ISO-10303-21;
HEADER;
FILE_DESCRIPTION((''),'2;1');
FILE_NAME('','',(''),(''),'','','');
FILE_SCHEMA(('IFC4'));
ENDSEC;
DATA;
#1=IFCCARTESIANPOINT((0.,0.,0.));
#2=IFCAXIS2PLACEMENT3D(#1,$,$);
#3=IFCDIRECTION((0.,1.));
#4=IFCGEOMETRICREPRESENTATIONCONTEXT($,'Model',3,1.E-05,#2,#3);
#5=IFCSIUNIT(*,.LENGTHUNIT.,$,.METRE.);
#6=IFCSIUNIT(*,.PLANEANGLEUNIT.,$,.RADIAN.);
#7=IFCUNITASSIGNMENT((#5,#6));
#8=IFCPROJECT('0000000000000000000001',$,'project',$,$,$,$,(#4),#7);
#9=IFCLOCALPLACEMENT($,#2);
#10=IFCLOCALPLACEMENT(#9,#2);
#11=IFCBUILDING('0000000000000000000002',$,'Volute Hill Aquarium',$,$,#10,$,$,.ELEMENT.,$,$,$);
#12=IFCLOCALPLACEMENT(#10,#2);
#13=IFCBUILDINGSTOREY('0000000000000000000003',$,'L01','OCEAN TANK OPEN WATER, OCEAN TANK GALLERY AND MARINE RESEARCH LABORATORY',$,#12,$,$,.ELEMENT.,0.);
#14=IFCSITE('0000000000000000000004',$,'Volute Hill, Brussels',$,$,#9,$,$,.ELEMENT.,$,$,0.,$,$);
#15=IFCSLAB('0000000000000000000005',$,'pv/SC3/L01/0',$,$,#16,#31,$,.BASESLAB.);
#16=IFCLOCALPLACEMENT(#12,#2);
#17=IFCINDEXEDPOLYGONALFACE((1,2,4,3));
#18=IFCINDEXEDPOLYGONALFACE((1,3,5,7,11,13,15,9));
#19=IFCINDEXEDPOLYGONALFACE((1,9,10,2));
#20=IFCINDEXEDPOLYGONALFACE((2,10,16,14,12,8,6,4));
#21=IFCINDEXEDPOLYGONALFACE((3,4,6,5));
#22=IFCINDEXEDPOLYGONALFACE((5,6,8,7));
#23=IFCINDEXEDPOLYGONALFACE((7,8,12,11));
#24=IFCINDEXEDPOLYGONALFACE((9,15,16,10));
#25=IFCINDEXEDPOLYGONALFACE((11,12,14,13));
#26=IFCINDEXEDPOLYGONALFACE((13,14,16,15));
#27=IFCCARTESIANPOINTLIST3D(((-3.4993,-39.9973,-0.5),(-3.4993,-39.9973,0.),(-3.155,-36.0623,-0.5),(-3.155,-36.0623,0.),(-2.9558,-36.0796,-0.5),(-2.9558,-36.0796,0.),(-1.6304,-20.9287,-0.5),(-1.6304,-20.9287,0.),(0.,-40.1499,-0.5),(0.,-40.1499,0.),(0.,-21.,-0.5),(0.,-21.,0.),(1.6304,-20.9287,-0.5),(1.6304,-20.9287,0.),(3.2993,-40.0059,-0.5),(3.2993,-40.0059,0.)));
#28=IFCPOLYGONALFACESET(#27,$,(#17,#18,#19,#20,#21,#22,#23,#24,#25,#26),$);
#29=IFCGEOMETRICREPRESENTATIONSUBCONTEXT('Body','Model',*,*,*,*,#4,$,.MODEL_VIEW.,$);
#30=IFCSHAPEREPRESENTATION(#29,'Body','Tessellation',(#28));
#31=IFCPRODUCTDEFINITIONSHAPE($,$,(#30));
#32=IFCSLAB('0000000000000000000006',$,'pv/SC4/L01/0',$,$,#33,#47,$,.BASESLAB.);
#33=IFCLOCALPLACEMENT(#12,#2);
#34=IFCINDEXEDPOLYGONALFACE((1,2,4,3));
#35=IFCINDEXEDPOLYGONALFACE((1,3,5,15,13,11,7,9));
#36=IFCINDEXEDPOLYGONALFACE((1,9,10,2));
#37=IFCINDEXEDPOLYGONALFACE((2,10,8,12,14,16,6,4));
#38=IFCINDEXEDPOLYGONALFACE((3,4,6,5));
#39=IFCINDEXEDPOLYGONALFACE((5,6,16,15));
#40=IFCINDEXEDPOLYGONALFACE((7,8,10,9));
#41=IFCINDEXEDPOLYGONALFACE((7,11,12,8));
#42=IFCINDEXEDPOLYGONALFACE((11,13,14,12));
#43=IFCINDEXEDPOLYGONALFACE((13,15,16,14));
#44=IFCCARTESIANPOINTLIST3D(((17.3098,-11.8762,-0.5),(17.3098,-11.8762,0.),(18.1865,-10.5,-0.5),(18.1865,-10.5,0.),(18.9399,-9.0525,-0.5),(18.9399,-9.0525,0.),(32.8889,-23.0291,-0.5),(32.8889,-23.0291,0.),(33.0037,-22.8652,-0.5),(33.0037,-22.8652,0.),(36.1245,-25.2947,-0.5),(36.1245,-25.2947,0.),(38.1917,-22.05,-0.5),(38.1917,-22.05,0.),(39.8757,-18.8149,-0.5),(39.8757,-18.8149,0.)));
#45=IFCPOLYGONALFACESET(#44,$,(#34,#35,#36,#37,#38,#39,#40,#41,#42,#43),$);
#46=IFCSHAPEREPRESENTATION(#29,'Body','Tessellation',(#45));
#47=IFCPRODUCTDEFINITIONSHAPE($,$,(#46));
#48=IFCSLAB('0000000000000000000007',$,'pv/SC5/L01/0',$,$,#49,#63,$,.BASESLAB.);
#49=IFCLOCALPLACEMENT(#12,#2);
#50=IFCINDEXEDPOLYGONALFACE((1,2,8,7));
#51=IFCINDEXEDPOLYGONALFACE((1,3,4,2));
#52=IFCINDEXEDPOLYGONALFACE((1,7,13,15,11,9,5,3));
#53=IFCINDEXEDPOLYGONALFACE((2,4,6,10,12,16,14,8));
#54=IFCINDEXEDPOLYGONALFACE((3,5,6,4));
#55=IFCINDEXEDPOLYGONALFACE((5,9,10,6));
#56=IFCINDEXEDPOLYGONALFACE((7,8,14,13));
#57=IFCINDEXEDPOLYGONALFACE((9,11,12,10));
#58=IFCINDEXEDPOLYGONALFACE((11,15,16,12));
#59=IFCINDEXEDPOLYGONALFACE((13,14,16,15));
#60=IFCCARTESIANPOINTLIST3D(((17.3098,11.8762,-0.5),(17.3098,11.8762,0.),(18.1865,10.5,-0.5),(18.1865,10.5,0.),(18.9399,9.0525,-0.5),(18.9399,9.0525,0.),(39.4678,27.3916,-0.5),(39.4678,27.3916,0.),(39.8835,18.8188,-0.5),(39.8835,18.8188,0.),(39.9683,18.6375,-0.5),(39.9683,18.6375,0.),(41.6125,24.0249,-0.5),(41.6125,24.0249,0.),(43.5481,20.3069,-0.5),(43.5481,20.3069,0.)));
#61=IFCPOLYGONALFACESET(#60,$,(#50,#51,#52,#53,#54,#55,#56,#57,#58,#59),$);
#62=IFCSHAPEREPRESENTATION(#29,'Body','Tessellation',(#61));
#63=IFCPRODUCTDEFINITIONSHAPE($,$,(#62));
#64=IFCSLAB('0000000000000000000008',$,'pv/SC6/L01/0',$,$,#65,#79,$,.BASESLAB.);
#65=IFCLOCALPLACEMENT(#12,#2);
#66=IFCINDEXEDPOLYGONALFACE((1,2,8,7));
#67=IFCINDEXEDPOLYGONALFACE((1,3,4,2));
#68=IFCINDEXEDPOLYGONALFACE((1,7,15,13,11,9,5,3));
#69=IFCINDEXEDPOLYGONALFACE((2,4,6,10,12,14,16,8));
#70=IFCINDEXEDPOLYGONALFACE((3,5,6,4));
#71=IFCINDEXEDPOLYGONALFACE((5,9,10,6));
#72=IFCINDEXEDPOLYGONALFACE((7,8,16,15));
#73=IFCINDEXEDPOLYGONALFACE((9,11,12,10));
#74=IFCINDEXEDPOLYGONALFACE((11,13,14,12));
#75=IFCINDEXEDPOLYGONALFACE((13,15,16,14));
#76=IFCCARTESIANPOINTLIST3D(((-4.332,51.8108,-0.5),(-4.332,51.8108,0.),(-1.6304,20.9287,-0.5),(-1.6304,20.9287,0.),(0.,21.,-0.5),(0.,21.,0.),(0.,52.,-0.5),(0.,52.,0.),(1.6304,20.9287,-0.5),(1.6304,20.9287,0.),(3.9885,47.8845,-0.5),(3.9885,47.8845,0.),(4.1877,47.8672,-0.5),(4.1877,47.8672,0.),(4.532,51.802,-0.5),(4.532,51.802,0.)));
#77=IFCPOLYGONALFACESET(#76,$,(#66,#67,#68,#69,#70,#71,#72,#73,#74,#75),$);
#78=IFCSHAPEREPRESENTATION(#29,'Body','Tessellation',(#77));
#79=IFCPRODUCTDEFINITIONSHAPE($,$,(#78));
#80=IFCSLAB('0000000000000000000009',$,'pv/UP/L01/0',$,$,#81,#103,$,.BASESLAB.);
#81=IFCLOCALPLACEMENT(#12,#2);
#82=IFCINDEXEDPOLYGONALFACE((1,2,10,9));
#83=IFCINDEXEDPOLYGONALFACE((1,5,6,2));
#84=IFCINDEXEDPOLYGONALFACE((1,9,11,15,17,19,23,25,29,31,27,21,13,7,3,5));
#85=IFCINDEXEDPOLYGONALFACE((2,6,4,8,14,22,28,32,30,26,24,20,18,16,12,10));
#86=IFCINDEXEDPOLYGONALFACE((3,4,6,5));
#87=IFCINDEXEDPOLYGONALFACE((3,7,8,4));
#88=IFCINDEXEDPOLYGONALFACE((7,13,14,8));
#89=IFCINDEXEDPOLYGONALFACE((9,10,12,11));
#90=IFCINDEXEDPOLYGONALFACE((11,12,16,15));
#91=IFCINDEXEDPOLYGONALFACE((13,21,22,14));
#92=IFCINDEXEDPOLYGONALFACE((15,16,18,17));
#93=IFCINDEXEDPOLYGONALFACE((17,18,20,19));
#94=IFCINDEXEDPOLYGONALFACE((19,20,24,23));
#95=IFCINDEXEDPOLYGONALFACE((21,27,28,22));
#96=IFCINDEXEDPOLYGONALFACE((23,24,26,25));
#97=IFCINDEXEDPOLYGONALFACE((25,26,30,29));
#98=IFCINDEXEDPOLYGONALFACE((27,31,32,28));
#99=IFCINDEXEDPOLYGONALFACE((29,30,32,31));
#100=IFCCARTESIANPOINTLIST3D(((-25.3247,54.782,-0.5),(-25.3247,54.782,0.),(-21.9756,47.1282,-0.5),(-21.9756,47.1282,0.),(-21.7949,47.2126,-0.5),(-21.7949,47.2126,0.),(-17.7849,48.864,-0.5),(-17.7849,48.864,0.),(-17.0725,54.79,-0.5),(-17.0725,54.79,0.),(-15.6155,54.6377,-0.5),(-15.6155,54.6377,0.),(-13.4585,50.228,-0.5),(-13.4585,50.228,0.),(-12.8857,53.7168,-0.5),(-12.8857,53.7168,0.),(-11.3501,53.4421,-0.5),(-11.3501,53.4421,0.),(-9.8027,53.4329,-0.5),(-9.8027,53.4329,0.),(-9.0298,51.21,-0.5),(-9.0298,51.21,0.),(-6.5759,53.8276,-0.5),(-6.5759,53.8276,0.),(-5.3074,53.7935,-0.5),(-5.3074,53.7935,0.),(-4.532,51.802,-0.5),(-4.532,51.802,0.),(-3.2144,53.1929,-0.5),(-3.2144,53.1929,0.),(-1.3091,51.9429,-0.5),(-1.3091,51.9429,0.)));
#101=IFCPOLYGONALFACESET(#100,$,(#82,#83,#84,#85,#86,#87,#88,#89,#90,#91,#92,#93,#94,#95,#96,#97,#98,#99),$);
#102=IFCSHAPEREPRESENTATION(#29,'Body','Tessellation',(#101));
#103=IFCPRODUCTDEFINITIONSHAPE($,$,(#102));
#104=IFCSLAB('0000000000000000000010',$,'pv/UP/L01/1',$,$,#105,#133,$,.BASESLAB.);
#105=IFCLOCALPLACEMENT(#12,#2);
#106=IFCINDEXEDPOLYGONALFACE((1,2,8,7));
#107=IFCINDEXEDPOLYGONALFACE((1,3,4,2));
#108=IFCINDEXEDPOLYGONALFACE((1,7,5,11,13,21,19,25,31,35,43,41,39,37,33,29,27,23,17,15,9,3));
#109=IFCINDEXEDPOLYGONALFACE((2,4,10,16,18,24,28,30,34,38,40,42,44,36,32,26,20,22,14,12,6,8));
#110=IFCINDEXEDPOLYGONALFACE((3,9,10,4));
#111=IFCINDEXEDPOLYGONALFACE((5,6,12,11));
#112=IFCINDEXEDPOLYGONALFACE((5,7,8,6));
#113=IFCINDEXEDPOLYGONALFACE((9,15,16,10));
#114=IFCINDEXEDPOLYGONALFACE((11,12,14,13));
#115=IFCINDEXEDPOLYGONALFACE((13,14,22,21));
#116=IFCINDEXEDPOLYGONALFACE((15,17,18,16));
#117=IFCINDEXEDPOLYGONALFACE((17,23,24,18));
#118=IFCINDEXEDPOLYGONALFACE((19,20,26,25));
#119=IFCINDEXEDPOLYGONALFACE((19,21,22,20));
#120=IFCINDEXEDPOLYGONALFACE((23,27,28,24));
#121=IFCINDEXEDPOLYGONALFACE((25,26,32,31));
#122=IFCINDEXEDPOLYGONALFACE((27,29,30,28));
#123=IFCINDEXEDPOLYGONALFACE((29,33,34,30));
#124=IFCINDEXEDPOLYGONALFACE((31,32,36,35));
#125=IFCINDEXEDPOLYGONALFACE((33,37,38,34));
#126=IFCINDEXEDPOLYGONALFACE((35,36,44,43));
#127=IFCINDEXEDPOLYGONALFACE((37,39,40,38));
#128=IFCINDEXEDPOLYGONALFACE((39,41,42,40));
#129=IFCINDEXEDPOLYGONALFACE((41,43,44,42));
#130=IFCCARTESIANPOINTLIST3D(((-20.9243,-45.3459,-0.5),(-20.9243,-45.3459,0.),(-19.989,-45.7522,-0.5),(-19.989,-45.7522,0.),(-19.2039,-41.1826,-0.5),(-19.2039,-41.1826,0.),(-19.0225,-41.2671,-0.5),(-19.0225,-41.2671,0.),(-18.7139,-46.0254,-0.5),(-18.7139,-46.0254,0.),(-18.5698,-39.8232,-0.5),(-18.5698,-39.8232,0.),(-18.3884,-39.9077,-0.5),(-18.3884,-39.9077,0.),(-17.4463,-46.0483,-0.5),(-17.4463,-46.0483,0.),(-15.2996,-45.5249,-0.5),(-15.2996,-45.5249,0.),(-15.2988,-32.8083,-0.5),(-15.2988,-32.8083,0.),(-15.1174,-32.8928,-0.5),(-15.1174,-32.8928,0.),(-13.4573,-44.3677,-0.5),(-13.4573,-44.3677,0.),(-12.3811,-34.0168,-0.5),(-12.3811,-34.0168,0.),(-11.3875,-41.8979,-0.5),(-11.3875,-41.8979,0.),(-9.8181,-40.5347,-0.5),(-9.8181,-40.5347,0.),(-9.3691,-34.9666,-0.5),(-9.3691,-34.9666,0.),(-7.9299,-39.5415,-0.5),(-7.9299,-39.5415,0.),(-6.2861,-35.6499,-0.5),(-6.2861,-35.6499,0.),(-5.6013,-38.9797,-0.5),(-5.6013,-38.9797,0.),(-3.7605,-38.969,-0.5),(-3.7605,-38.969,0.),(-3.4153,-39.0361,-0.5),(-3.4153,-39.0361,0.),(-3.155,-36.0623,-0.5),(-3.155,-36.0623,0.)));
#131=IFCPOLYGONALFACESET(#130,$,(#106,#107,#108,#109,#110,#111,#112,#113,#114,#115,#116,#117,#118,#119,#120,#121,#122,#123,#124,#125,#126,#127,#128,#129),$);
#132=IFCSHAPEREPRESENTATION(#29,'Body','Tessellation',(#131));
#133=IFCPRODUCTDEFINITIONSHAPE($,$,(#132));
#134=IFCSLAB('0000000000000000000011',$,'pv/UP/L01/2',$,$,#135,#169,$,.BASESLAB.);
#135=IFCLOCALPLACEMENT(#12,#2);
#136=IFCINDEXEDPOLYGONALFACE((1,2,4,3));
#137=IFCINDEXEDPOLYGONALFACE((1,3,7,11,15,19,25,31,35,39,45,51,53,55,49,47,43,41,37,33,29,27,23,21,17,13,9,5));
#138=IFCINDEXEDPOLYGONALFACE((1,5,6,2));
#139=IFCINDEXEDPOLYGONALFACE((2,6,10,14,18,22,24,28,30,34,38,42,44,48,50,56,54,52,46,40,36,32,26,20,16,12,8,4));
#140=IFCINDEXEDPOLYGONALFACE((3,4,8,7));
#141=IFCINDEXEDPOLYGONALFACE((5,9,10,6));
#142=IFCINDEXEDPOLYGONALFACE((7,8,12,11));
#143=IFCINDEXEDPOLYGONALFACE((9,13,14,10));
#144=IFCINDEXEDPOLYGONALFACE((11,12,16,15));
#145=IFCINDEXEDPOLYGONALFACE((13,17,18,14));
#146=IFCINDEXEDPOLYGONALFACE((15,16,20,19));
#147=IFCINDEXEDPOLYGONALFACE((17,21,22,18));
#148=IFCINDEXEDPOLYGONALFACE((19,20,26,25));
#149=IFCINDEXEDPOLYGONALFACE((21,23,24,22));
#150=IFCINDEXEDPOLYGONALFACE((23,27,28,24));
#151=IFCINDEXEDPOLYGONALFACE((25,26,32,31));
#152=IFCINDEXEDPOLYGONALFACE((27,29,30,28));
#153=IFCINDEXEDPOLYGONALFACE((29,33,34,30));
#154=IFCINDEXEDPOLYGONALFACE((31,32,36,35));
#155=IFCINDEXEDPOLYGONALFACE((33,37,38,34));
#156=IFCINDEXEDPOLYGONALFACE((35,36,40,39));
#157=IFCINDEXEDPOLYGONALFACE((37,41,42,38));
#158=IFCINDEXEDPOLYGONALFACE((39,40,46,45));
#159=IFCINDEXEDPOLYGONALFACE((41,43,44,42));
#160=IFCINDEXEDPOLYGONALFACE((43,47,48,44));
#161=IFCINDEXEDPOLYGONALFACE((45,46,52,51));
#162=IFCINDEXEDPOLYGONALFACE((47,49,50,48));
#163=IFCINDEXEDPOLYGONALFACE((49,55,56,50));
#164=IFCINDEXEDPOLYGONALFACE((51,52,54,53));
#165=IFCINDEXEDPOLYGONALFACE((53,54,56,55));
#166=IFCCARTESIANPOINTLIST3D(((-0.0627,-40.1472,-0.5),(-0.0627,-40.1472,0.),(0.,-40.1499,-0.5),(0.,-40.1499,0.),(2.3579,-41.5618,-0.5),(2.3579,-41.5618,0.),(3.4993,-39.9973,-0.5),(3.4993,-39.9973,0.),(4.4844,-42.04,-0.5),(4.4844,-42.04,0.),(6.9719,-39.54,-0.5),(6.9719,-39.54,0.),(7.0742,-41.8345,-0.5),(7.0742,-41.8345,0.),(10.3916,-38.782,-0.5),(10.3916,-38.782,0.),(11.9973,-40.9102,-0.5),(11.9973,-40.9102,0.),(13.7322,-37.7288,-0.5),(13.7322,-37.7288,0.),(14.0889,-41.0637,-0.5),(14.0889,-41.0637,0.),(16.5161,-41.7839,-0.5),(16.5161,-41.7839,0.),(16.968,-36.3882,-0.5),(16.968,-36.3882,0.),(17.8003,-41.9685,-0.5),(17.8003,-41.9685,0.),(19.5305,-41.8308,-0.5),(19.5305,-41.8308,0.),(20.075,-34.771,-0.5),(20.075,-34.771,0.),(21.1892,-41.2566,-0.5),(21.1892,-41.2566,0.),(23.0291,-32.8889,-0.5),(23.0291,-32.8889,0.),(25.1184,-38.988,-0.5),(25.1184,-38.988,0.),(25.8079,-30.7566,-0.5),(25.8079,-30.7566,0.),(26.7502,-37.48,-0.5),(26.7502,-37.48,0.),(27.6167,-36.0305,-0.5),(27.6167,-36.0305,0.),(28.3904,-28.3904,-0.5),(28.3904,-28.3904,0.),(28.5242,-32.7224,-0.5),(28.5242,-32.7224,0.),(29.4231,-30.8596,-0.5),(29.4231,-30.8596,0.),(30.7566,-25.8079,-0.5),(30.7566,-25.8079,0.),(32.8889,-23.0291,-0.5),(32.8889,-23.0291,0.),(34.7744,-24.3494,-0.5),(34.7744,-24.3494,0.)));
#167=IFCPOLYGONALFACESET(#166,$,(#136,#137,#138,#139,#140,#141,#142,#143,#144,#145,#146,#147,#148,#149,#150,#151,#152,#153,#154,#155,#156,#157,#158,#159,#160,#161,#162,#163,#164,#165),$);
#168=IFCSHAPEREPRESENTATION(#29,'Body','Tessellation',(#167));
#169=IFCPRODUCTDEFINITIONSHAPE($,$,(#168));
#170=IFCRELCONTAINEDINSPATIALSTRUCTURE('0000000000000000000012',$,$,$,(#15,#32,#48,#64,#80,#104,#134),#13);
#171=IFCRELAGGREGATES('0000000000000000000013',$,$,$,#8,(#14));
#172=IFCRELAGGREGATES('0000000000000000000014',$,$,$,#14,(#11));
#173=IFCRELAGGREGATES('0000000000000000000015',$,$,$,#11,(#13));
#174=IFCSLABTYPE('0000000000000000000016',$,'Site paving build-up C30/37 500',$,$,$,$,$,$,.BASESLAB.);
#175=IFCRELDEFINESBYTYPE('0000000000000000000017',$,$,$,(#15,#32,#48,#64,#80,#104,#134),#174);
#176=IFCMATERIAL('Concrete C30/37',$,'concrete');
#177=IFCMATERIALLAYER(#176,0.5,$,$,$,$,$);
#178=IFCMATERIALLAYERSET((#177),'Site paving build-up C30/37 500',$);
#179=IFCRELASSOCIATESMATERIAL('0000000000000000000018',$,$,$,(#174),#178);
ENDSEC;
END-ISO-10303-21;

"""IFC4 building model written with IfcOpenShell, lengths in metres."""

from ifc_helpers import new_model, si_unit, direction, frame, origin, place, context, subcontext, project, spatial, polyline, outline, extrude, material, layer, layer_set, type_object, element, save


model = new_model("IFC4")

# Units and contexts
model_context = context("Model", 3, precision=1e-05, world=origin(), true_north=direction((0.0, 1.0)))
body_context = subcontext(model_context, "Body", "Model", "MODEL_VIEW")
ifc_project = project(units=[si_unit("LENGTHUNIT", "METRE"), si_unit("PLANEANGLEUNIT", "RADIAN")], contexts=[model_context])

# Site, building, storey
site_placement = place(None, origin())
site = spatial("IfcSite", under=ifc_project, at=site_placement, Name="Volute Hill, Brussels", CompositionType="ELEMENT", RefElevation=0.0)
building_placement = place(site_placement, origin())
building = spatial("IfcBuilding", under=site, at=building_placement, Name="Volute Hill Aquarium", CompositionType="ELEMENT")
storey_placement = place(building_placement, origin())
storey = spatial("IfcBuildingStorey", under=building, at=storey_placement, Name="L01", Description="OCEAN TANK OPEN WATER, OCEAN TANK GALLERY AND MARINE RESEARCH LABORATORY", CompositionType="ELEMENT", Elevation=0.0)

# Slabs
ifc_material_1 = material(Name="Concrete C30/37", Category="concrete")
ifc_layer_1 = layer(ifc_material_1, 0.5)
ifc_layer_set_1 = layer_set([ifc_layer_1], Name="Site paving build-up C30/37 500")
slab_type_1 = type_object("IfcSlabType", Name="Site paving build-up C30/37 500", PredefinedType="BASESLAB", material=ifc_layer_set_1)
slab_1_placement = place(storey_placement, frame((0.0, 0.0, -0.5)))
element("IfcSlab", 1, at=slab_1_placement, inside=storey, type_object=slab_type_1, Name="pv/SC3/L01/0", PredefinedType="BASESLAB", context=body_context, shape_type="SweptSolid", body=[
    extrude(outline(polyline([(-3.155, -36.0623), (-3.4993, -39.9973), (0.0, -40.1499), (3.2993, -40.0059), (1.6304, -20.9287), (0.0, -21.0), (-1.6304, -20.9287), (-2.9558, -36.0796), (-3.155, -36.0623)])), origin(), (0.0, 0.0, 1.0), 0.5),
])
slab_2_placement = place(storey_placement, frame((0.0, 0.0, -0.5)))
element("IfcSlab", 2, at=slab_2_placement, inside=storey, type_object=slab_type_1, Name="pv/SC4/L01/0", PredefinedType="BASESLAB", context=body_context, shape_type="SweptSolid", body=[
    extrude(outline(polyline([(32.8889, -23.0291), (36.1245, -25.2947), (38.1917, -22.05), (39.8757, -18.8149), (18.9399, -9.0525), (18.1865, -10.5), (17.3098, -11.8762), (33.0037, -22.8652), (32.8889, -23.0291)])), origin(), (0.0, 0.0, 1.0), 0.5),
])
slab_3_placement = place(storey_placement, frame((0.0, 0.0, -0.5)))
element("IfcSlab", 3, at=slab_3_placement, inside=storey, type_object=slab_type_1, Name="pv/SC5/L01/0", PredefinedType="BASESLAB", context=body_context, shape_type="SweptSolid", body=[
    extrude(outline(polyline([(39.9683, 18.6375), (43.5481, 20.3069), (41.6125, 24.0249), (39.4678, 27.3916), (17.3098, 11.8762), (18.1865, 10.5), (18.9399, 9.0525), (39.8835, 18.8188), (39.9683, 18.6375)])), origin(), (0.0, 0.0, 1.0), 0.5),
])
slab_4_placement = place(storey_placement, frame((0.0, 0.0, -0.5)))
element("IfcSlab", 4, at=slab_4_placement, inside=storey, type_object=slab_type_1, Name="pv/SC6/L01/0", PredefinedType="BASESLAB", context=body_context, shape_type="SweptSolid", body=[
    extrude(outline(polyline([(4.1877, 47.8672), (4.532, 51.802), (0.0, 52.0), (-4.332, 51.8108), (-1.6304, 20.9287), (0.0, 21.0), (1.6304, 20.9287), (3.9885, 47.8845), (4.1877, 47.8672)])), origin(), (0.0, 0.0, 1.0), 0.5),
])
slab_5_placement = place(storey_placement, frame((0.0, 0.0, -0.5)))
element("IfcSlab", 5, at=slab_5_placement, inside=storey, type_object=slab_type_1, Name="pv/UP/L01/0", PredefinedType="BASESLAB", context=body_context, shape_type="SweptSolid", body=[
    extrude(outline(polyline([(-15.6155, 54.6377), (-17.0725, 54.79), (-25.3247, 54.782), (-21.7949, 47.2126), (-21.9756, 47.1282), (-17.7849, 48.864), (-13.4585, 50.228), (-9.0298, 51.21), (-4.532, 51.802), (-1.3091, 51.9429), (-3.2144, 53.1929), (-5.3074, 53.7935), (-6.5759, 53.8276), (-9.8027, 53.4329), (-11.3501, 53.4421), (-12.8857, 53.7168), (-15.6155, 54.6377)])), origin(), (0.0, 0.0, 1.0), 0.5),
])
slab_6_placement = place(storey_placement, frame((0.0, 0.0, -0.5)))
element("IfcSlab", 6, at=slab_6_placement, inside=storey, type_object=slab_type_1, Name="pv/UP/L01/1", PredefinedType="BASESLAB", context=body_context, shape_type="SweptSolid", body=[
    extrude(outline(polyline([(-5.6013, -38.9797), (-3.7605, -38.969), (-3.4153, -39.0361), (-3.155, -36.0623), (-6.2861, -35.6499), (-9.3691, -34.9666), (-12.3811, -34.0168), (-15.2988, -32.8083), (-15.1174, -32.8928), (-18.3884, -39.9077), (-18.5698, -39.8232), (-19.2039, -41.1826), (-19.0225, -41.2671), (-20.9243, -45.3459), (-19.989, -45.7522), (-18.7139, -46.0254), (-17.4463, -46.0483), (-15.2996, -45.5249), (-13.4573, -44.3677), (-11.3875, -41.8979), (-9.8181, -40.5347), (-7.9299, -39.5415), (-5.6013, -38.9797)])), origin(), (0.0, 0.0, 1.0), 0.5),
])
slab_7_placement = place(storey_placement, frame((0.0, 0.0, -0.5)))
element("IfcSlab", 7, at=slab_7_placement, inside=storey, type_object=slab_type_1, Name="pv/UP/L01/2", PredefinedType="BASESLAB", context=body_context, shape_type="SweptSolid", body=[
    extrude(outline(polyline([(28.5242, -32.7224), (29.4231, -30.8596), (34.7744, -24.3494), (32.8889, -23.0291), (30.7566, -25.8079), (28.3904, -28.3904), (25.8079, -30.7566), (23.0291, -32.8889), (20.075, -34.771), (16.968, -36.3882), (13.7322, -37.7288), (10.3916, -38.782), (6.9719, -39.54), (3.4993, -39.9973), (0.0, -40.1499), (-0.0627, -40.1472), (2.3579, -41.5618), (4.4844, -42.04), (7.0742, -41.8345), (11.9973, -40.9102), (14.0889, -41.0637), (16.5161, -41.7839), (17.8003, -41.9685), (19.5305, -41.8308), (21.1892, -41.2566), (25.1184, -38.988), (26.7502, -37.48), (27.6167, -36.0305), (28.5242, -32.7224)])), origin(), (0.0, 0.0, 1.0), 0.5),
])

save(model, "model.ifc")
